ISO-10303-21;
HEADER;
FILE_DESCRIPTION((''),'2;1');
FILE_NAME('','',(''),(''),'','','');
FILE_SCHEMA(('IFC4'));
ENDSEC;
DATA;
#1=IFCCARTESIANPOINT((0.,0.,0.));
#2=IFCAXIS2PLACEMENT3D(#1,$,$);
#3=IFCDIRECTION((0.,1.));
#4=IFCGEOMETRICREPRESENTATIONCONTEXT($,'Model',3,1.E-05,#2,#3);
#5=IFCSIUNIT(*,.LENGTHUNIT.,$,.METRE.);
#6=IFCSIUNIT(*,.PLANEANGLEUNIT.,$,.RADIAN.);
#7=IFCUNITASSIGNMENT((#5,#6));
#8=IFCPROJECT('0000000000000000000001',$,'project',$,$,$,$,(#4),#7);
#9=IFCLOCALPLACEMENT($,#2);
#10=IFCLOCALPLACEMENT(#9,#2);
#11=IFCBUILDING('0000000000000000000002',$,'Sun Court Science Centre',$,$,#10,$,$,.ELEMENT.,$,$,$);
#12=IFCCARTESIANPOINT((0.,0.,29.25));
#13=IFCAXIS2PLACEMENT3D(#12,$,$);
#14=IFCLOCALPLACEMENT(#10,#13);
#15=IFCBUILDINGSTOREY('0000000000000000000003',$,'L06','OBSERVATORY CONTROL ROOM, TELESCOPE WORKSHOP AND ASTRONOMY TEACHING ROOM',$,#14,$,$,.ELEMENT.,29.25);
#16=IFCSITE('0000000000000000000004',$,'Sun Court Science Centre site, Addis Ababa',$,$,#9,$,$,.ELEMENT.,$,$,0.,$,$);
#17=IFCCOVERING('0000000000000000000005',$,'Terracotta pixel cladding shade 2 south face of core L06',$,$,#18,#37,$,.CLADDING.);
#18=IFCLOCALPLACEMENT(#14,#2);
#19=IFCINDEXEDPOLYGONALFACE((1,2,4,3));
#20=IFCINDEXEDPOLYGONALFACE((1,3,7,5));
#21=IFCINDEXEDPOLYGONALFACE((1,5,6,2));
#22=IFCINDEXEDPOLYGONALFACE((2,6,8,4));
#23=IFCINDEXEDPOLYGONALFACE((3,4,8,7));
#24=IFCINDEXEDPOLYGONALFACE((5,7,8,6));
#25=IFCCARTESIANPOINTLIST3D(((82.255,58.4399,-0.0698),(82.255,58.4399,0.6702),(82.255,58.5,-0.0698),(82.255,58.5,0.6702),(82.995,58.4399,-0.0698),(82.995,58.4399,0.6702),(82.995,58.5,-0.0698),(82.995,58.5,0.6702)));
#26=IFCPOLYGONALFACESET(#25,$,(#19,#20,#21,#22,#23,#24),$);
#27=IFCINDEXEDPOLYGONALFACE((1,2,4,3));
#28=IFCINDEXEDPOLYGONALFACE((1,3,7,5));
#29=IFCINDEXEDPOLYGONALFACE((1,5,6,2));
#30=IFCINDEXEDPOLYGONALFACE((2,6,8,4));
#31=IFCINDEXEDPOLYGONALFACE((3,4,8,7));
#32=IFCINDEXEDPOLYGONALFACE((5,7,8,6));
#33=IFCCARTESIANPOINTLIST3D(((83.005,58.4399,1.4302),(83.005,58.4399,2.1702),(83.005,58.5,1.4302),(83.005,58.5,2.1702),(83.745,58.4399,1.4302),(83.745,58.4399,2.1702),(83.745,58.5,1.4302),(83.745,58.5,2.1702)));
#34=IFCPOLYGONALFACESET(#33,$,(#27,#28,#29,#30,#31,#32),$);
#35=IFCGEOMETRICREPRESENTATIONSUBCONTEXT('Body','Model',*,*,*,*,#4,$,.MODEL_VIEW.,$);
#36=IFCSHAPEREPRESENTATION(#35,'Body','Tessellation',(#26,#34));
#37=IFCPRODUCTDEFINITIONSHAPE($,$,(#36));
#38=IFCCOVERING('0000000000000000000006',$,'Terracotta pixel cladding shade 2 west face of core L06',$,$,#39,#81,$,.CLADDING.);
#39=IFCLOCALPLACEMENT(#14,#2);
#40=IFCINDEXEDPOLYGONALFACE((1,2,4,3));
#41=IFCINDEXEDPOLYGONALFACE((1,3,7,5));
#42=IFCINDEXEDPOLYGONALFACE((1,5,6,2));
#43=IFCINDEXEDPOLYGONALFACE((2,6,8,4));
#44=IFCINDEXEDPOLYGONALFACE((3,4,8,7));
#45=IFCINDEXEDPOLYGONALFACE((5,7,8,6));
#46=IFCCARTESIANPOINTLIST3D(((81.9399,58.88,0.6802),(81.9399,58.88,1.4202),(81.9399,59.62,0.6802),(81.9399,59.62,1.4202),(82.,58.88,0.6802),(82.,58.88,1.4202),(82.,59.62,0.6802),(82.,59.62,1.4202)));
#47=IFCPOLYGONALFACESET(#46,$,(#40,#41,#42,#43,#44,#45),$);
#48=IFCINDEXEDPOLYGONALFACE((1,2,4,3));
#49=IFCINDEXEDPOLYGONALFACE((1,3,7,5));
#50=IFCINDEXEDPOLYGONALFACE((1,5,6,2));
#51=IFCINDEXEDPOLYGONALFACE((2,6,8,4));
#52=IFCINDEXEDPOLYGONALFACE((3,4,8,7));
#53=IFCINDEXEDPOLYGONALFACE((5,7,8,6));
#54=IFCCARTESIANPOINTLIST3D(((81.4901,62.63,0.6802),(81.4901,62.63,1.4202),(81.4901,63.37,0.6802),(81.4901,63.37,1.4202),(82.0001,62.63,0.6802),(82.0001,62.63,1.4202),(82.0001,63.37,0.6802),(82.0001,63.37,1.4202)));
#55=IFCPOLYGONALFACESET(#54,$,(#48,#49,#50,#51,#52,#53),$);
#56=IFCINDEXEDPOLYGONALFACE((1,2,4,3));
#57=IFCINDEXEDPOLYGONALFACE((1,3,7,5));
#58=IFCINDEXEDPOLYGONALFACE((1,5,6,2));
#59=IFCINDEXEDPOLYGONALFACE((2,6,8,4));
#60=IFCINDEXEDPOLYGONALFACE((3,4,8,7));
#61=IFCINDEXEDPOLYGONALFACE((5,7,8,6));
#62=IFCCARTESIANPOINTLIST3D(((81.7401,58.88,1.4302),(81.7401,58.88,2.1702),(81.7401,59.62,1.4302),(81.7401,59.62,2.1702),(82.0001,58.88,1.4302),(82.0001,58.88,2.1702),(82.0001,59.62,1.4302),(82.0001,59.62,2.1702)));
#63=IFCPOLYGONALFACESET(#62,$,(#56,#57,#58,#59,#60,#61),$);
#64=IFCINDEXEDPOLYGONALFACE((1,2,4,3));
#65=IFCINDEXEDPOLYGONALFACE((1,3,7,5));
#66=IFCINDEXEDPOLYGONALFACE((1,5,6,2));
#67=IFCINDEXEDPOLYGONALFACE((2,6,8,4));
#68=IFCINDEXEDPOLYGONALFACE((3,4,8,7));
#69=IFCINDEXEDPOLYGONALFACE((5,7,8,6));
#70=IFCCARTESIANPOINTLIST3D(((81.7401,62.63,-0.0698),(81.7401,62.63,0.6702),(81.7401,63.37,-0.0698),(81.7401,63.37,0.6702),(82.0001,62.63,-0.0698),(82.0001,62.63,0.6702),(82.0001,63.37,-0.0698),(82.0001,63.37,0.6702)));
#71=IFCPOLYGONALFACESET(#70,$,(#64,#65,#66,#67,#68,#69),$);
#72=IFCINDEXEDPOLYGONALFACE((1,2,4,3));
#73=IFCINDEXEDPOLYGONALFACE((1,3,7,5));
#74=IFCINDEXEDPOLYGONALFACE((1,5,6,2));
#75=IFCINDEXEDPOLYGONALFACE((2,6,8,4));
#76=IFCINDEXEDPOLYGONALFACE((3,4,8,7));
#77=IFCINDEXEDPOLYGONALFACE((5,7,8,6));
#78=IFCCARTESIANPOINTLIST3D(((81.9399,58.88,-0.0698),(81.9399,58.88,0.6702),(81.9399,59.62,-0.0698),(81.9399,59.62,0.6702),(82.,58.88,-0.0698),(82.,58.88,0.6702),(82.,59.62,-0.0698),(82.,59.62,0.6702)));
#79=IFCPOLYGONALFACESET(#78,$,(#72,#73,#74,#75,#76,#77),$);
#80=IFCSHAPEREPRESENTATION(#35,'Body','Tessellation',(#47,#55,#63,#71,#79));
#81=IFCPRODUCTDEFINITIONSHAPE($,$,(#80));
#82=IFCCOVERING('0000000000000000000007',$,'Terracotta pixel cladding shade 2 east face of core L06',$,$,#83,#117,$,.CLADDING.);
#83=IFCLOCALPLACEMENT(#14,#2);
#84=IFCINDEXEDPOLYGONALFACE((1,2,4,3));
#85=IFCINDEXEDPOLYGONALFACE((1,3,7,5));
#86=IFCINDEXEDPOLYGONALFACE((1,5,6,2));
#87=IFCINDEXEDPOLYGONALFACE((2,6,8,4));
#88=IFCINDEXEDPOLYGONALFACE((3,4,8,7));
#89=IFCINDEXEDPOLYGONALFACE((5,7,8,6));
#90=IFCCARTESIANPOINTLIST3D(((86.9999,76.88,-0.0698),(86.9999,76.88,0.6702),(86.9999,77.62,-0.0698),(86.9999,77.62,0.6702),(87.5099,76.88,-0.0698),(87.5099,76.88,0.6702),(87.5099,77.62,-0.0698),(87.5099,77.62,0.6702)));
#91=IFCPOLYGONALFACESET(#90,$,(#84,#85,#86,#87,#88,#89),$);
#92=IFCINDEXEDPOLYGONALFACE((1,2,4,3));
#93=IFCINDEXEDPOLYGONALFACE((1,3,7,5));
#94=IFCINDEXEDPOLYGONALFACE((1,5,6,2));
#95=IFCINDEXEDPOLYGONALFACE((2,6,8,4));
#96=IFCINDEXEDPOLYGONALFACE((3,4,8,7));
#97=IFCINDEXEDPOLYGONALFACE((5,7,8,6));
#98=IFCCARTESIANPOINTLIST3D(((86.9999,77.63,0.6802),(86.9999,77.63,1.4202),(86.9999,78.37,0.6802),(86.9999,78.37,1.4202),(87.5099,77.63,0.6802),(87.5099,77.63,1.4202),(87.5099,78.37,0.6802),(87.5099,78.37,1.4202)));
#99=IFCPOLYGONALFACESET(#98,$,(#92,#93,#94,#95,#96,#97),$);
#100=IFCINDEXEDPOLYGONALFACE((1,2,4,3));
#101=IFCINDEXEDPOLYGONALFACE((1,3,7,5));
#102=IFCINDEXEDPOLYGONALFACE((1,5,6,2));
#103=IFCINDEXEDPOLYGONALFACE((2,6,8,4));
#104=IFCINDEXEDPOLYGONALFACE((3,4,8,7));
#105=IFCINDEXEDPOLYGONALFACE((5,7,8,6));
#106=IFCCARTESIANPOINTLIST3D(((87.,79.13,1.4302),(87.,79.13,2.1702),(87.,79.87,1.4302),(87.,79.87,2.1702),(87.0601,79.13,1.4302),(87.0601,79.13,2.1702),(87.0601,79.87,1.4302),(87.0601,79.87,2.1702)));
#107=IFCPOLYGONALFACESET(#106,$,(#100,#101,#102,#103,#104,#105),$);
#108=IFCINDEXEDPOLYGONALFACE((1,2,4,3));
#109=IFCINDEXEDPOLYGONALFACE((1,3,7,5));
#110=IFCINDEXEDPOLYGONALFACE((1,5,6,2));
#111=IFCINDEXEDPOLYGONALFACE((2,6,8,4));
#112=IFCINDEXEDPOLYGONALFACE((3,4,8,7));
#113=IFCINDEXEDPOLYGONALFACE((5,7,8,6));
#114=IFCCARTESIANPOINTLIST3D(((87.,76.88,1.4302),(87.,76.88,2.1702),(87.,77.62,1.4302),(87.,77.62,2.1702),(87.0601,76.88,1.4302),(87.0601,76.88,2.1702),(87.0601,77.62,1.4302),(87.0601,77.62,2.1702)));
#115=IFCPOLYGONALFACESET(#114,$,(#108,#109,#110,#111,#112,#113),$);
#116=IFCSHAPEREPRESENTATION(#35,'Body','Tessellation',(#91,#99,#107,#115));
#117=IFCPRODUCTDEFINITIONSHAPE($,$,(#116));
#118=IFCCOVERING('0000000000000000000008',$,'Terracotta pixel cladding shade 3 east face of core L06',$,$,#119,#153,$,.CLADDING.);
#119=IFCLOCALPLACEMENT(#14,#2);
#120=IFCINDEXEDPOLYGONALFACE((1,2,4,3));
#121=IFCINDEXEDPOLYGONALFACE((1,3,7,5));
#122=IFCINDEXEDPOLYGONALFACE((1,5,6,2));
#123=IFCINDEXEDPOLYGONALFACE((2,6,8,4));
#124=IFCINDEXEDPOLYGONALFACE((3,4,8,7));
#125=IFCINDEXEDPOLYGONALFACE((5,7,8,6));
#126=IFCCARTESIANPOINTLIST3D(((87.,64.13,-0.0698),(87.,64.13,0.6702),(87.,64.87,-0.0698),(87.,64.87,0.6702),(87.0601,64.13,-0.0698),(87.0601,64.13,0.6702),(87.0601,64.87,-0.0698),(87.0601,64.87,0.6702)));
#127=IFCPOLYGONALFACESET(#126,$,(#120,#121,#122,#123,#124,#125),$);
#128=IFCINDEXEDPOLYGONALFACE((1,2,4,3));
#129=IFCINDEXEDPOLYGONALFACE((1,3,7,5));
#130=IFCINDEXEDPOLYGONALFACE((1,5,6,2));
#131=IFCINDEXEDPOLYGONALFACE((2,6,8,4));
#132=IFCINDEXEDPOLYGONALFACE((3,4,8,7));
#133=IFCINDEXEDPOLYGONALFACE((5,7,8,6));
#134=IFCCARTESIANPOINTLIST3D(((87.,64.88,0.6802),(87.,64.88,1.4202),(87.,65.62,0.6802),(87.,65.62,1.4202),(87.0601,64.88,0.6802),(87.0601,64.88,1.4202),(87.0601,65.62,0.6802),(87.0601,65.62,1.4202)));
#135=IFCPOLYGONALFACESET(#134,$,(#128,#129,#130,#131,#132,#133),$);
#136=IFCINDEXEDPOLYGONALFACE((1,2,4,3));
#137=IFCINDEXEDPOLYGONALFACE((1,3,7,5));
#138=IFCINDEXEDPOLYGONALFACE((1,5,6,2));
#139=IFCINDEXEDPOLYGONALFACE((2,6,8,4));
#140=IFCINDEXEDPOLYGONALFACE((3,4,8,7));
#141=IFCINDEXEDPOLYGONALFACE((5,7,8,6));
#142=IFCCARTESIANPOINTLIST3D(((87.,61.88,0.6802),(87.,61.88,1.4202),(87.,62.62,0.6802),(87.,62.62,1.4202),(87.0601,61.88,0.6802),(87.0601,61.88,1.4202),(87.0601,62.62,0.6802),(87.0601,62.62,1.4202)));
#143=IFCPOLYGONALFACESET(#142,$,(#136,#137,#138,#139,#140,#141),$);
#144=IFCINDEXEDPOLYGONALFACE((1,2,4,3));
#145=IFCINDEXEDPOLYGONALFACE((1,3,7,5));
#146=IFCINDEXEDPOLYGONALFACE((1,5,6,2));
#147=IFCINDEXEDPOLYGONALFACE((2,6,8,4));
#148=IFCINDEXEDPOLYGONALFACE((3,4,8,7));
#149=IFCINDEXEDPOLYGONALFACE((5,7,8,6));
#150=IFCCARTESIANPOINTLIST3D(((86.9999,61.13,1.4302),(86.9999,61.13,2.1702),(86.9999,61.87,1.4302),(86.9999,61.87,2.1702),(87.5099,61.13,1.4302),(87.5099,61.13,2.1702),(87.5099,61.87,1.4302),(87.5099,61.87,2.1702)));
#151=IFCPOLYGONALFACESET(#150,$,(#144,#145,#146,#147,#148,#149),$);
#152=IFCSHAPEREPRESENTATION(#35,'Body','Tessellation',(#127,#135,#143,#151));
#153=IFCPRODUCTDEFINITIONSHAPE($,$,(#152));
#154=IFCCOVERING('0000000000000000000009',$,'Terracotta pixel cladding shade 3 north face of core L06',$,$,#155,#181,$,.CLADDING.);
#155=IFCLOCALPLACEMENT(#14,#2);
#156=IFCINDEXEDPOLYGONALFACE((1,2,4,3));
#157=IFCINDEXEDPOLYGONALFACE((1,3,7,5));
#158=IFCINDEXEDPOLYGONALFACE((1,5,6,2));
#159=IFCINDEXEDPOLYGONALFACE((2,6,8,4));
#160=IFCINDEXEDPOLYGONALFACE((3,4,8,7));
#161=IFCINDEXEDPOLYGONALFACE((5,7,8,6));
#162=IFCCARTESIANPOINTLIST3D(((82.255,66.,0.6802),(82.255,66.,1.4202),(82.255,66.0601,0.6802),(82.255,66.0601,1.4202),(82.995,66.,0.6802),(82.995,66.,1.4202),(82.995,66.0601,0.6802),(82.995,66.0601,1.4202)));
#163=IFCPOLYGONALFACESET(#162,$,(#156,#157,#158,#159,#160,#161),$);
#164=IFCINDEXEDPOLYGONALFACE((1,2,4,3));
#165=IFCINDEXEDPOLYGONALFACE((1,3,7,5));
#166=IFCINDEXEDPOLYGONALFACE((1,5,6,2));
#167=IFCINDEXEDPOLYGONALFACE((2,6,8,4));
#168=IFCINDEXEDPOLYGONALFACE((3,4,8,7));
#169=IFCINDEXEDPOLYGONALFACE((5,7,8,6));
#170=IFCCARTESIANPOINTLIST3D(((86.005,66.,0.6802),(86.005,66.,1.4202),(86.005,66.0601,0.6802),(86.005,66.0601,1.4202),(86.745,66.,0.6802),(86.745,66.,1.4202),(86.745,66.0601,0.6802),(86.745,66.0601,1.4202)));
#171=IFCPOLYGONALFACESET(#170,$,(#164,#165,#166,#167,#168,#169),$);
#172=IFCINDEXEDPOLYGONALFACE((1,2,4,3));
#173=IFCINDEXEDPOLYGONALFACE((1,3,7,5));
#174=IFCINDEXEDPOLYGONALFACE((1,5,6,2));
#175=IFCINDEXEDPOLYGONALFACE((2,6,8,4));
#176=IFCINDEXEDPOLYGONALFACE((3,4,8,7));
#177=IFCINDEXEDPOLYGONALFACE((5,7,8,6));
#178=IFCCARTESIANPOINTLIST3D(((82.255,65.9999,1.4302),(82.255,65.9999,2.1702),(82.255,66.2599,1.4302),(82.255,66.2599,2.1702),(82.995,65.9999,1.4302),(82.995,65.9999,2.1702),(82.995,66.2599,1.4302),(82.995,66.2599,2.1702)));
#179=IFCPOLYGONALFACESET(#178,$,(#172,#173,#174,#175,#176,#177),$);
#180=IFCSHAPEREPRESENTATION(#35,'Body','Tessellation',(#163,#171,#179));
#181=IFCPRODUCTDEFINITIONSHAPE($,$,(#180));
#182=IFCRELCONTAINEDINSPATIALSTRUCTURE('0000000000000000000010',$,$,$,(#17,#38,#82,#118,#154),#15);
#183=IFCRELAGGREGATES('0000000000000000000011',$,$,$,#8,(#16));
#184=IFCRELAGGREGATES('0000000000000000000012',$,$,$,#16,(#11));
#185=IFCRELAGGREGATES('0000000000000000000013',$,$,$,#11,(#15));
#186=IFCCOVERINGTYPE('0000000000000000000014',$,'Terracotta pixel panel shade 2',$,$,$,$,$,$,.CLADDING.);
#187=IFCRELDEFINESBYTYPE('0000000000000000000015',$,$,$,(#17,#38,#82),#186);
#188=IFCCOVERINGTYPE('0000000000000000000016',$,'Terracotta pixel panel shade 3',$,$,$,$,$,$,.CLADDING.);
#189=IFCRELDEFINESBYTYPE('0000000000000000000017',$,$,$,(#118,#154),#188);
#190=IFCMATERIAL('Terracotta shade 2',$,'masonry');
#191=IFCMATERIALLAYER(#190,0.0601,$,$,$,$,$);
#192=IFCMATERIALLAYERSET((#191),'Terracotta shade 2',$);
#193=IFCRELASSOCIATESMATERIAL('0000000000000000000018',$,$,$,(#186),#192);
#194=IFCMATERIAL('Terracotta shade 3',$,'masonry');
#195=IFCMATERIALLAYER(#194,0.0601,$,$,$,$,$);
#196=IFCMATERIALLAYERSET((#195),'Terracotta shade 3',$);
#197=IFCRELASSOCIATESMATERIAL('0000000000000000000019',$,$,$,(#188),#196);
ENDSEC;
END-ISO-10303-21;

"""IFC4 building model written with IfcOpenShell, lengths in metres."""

from ifc_helpers import new_model, si_unit, direction, frame, origin, origin_2d, place, context, subcontext, project, spatial, rectangle, extrude, material, layer, layer_set, type_object, element, save


model = new_model("IFC4")

# Units and contexts
model_context = context("Model", 3, precision=1e-05, world=origin(), true_north=direction((0.0, 1.0)))
body_context = subcontext(model_context, "Body", "Model", "MODEL_VIEW")
ifc_project = project(units=[si_unit("LENGTHUNIT", "METRE"), si_unit("PLANEANGLEUNIT", "RADIAN")], contexts=[model_context])

# Site, building, storey
site_placement = place(None, origin())
site = spatial("IfcSite", under=ifc_project, at=site_placement, Name="Sun Court Science Centre site, Addis Ababa", CompositionType="ELEMENT", RefElevation=0.0)
building_placement = place(site_placement, origin())
building = spatial("IfcBuilding", under=site, at=building_placement, Name="Sun Court Science Centre", CompositionType="ELEMENT")
storey_placement = place(building_placement, frame((0.0, 0.0, 29.25)))
storey = spatial("IfcBuildingStorey", under=building, at=storey_placement, Name="L06", Description="OBSERVATORY CONTROL ROOM, TELESCOPE WORKSHOP AND ASTRONOMY TEACHING ROOM", CompositionType="ELEMENT", Elevation=29.25)

# Coverings
ifc_material_1 = material(Name="Terracotta shade 2", Category="masonry")
ifc_layer_1 = layer(ifc_material_1, 0.0601)
ifc_layer_set_1 = layer_set([ifc_layer_1], Name="Terracotta shade 2")
covering_type_1 = type_object("IfcCoveringType", Name="Terracotta pixel panel shade 2", PredefinedType="CLADDING", material=ifc_layer_set_1)
covering_1_placement = place(storey_placement, frame((0.0, 0.0, -29.25)))
element("IfcCovering", 1, at=covering_1_placement, inside=storey, type_object=covering_type_1, Name="Terracotta pixel cladding shade 2 south face of core L06", PredefinedType="CLADDING", context=body_context, shape_type="SweptSolid", body=[
    extrude(rectangle(XDim=0.74, YDim=0.0601, at=origin_2d()), frame((82.625, 58.47, 29.1802), z_axis=(0.0, 0.0, 1.0), x_axis=(-1.0, 0.0, 0.0)), (0.0, 0.0, 1.0), 0.74),
    extrude(rectangle(XDim=0.74, YDim=0.0601, at=origin_2d()), frame((83.375, 58.47, 30.6802), z_axis=(0.0, 0.0, 1.0), x_axis=(-1.0, 0.0, 0.0)), (0.0, 0.0, 1.0), 0.74),
])
covering_2_placement = place(storey_placement, frame((0.0, 0.0, -29.25)))
element("IfcCovering", 2, at=covering_2_placement, inside=storey, type_object=covering_type_1, Name="Terracotta pixel cladding shade 2 west face of core L06", PredefinedType="CLADDING", context=body_context, shape_type="SweptSolid", body=[
    extrude(rectangle(XDim=0.74, YDim=0.0601, at=origin_2d()), frame((81.97, 59.25, 29.9302), z_axis=(0.0, 0.0, 1.0), x_axis=(0.0, 1.0, 0.0)), (0.0, 0.0, 1.0), 0.74),
    extrude(rectangle(XDim=0.74, YDim=0.51, at=origin_2d()), frame((81.7451, 63.0, 29.9302), z_axis=(0.0, 0.0, 1.0), x_axis=(0.0, 1.0, 0.0)), (0.0, 0.0, 1.0), 0.74),
    extrude(rectangle(XDim=0.74, YDim=0.26, at=origin_2d()), frame((81.8701, 59.25, 30.6802), z_axis=(0.0, 0.0, 1.0), x_axis=(0.0, 1.0, 0.0)), (0.0, 0.0, 1.0), 0.74),
    extrude(rectangle(XDim=0.74, YDim=0.26, at=origin_2d()), frame((81.8701, 63.0, 29.1802), z_axis=(0.0, 0.0, 1.0), x_axis=(0.0, 1.0, 0.0)), (0.0, 0.0, 1.0), 0.74),
    extrude(rectangle(XDim=0.74, YDim=0.0601, at=origin_2d()), frame((81.97, 59.25, 29.1802), z_axis=(0.0, 0.0, 1.0), x_axis=(0.0, 1.0, 0.0)), (0.0, 0.0, 1.0), 0.74),
])
covering_3_placement = place(storey_placement, frame((0.0, 0.0, -29.25)))
element("IfcCovering", 3, at=covering_3_placement, inside=storey, type_object=covering_type_1, Name="Terracotta pixel cladding shade 2 east face of core L06", PredefinedType="CLADDING", context=body_context, shape_type="SweptSolid", body=[
    extrude(rectangle(XDim=0.74, YDim=0.51, at=origin_2d()), frame((87.2549, 77.25, 29.1802), z_axis=(0.0, 0.0, 1.0), x_axis=(0.0, -1.0, 0.0)), (0.0, 0.0, 1.0), 0.74),
    extrude(rectangle(XDim=0.74, YDim=0.51, at=origin_2d()), frame((87.2549, 78.0, 29.9302), z_axis=(0.0, 0.0, 1.0), x_axis=(0.0, -1.0, 0.0)), (0.0, 0.0, 1.0), 0.74),
    extrude(rectangle(XDim=0.74, YDim=0.0601, at=origin_2d()), frame((87.03, 79.5, 30.6802), z_axis=(0.0, 0.0, 1.0), x_axis=(0.0, -1.0, 0.0)), (0.0, 0.0, 1.0), 0.74),
    extrude(rectangle(XDim=0.74, YDim=0.0601, at=origin_2d()), frame((87.03, 77.25, 30.6802), z_axis=(0.0, 0.0, 1.0), x_axis=(0.0, -1.0, 0.0)), (0.0, 0.0, 1.0), 0.74),
])
ifc_material_2 = material(Name="Terracotta shade 3", Category="masonry")
ifc_layer_2 = layer(ifc_material_2, 0.0601)
ifc_layer_set_2 = layer_set([ifc_layer_2], Name="Terracotta shade 3")
covering_type_2 = type_object("IfcCoveringType", Name="Terracotta pixel panel shade 3", PredefinedType="CLADDING", material=ifc_layer_set_2)
covering_4_placement = place(storey_placement, frame((0.0, 0.0, -29.25)))
element("IfcCovering", 4, at=covering_4_placement, inside=storey, type_object=covering_type_2, Name="Terracotta pixel cladding shade 3 east face of core L06", PredefinedType="CLADDING", context=body_context, shape_type="SweptSolid", body=[
    extrude(rectangle(XDim=0.74, YDim=0.0601, at=origin_2d()), frame((87.03, 64.5, 29.1802), z_axis=(0.0, 0.0, 1.0), x_axis=(0.0, -1.0, 0.0)), (0.0, 0.0, 1.0), 0.74),
    extrude(rectangle(XDim=0.74, YDim=0.0601, at=origin_2d()), frame((87.03, 65.25, 29.9302), z_axis=(0.0, 0.0, 1.0), x_axis=(0.0, -1.0, 0.0)), (0.0, 0.0, 1.0), 0.74),
    extrude(rectangle(XDim=0.74, YDim=0.0601, at=origin_2d()), frame((87.03, 62.25, 29.9302), z_axis=(0.0, 0.0, 1.0), x_axis=(0.0, -1.0, 0.0)), (0.0, 0.0, 1.0), 0.74),
    extrude(rectangle(XDim=0.74, YDim=0.51, at=origin_2d()), frame((87.2549, 61.5, 30.6802), z_axis=(0.0, 0.0, 1.0), x_axis=(0.0, -1.0, 0.0)), (0.0, 0.0, 1.0), 0.74),
])
covering_5_placement = place(storey_placement, frame((0.0, 0.0, -29.25)))
element("IfcCovering", 5, at=covering_5_placement, inside=storey, type_object=covering_type_2, Name="Terracotta pixel cladding shade 3 north face of core L06", PredefinedType="CLADDING", context=body_context, shape_type="SweptSolid", body=[
    extrude(rectangle(XDim=0.74, YDim=0.0601, at=origin_2d()), frame((82.625, 66.03, 29.9302), z_axis=(0.0, 0.0, 1.0), x_axis=(1.0, 0.0, 0.0)), (0.0, 0.0, 1.0), 0.74),
    extrude(rectangle(XDim=0.74, YDim=0.0601, at=origin_2d()), frame((86.375, 66.03, 29.9302), z_axis=(0.0, 0.0, 1.0), x_axis=(1.0, 0.0, 0.0)), (0.0, 0.0, 1.0), 0.74),
    extrude(rectangle(XDim=0.74, YDim=0.26, at=origin_2d()), frame((82.625, 66.1299, 30.6802), z_axis=(0.0, 0.0, 1.0), x_axis=(1.0, 0.0, 0.0)), (0.0, 0.0, 1.0), 0.74),
])

save(model, "model.ifc")
